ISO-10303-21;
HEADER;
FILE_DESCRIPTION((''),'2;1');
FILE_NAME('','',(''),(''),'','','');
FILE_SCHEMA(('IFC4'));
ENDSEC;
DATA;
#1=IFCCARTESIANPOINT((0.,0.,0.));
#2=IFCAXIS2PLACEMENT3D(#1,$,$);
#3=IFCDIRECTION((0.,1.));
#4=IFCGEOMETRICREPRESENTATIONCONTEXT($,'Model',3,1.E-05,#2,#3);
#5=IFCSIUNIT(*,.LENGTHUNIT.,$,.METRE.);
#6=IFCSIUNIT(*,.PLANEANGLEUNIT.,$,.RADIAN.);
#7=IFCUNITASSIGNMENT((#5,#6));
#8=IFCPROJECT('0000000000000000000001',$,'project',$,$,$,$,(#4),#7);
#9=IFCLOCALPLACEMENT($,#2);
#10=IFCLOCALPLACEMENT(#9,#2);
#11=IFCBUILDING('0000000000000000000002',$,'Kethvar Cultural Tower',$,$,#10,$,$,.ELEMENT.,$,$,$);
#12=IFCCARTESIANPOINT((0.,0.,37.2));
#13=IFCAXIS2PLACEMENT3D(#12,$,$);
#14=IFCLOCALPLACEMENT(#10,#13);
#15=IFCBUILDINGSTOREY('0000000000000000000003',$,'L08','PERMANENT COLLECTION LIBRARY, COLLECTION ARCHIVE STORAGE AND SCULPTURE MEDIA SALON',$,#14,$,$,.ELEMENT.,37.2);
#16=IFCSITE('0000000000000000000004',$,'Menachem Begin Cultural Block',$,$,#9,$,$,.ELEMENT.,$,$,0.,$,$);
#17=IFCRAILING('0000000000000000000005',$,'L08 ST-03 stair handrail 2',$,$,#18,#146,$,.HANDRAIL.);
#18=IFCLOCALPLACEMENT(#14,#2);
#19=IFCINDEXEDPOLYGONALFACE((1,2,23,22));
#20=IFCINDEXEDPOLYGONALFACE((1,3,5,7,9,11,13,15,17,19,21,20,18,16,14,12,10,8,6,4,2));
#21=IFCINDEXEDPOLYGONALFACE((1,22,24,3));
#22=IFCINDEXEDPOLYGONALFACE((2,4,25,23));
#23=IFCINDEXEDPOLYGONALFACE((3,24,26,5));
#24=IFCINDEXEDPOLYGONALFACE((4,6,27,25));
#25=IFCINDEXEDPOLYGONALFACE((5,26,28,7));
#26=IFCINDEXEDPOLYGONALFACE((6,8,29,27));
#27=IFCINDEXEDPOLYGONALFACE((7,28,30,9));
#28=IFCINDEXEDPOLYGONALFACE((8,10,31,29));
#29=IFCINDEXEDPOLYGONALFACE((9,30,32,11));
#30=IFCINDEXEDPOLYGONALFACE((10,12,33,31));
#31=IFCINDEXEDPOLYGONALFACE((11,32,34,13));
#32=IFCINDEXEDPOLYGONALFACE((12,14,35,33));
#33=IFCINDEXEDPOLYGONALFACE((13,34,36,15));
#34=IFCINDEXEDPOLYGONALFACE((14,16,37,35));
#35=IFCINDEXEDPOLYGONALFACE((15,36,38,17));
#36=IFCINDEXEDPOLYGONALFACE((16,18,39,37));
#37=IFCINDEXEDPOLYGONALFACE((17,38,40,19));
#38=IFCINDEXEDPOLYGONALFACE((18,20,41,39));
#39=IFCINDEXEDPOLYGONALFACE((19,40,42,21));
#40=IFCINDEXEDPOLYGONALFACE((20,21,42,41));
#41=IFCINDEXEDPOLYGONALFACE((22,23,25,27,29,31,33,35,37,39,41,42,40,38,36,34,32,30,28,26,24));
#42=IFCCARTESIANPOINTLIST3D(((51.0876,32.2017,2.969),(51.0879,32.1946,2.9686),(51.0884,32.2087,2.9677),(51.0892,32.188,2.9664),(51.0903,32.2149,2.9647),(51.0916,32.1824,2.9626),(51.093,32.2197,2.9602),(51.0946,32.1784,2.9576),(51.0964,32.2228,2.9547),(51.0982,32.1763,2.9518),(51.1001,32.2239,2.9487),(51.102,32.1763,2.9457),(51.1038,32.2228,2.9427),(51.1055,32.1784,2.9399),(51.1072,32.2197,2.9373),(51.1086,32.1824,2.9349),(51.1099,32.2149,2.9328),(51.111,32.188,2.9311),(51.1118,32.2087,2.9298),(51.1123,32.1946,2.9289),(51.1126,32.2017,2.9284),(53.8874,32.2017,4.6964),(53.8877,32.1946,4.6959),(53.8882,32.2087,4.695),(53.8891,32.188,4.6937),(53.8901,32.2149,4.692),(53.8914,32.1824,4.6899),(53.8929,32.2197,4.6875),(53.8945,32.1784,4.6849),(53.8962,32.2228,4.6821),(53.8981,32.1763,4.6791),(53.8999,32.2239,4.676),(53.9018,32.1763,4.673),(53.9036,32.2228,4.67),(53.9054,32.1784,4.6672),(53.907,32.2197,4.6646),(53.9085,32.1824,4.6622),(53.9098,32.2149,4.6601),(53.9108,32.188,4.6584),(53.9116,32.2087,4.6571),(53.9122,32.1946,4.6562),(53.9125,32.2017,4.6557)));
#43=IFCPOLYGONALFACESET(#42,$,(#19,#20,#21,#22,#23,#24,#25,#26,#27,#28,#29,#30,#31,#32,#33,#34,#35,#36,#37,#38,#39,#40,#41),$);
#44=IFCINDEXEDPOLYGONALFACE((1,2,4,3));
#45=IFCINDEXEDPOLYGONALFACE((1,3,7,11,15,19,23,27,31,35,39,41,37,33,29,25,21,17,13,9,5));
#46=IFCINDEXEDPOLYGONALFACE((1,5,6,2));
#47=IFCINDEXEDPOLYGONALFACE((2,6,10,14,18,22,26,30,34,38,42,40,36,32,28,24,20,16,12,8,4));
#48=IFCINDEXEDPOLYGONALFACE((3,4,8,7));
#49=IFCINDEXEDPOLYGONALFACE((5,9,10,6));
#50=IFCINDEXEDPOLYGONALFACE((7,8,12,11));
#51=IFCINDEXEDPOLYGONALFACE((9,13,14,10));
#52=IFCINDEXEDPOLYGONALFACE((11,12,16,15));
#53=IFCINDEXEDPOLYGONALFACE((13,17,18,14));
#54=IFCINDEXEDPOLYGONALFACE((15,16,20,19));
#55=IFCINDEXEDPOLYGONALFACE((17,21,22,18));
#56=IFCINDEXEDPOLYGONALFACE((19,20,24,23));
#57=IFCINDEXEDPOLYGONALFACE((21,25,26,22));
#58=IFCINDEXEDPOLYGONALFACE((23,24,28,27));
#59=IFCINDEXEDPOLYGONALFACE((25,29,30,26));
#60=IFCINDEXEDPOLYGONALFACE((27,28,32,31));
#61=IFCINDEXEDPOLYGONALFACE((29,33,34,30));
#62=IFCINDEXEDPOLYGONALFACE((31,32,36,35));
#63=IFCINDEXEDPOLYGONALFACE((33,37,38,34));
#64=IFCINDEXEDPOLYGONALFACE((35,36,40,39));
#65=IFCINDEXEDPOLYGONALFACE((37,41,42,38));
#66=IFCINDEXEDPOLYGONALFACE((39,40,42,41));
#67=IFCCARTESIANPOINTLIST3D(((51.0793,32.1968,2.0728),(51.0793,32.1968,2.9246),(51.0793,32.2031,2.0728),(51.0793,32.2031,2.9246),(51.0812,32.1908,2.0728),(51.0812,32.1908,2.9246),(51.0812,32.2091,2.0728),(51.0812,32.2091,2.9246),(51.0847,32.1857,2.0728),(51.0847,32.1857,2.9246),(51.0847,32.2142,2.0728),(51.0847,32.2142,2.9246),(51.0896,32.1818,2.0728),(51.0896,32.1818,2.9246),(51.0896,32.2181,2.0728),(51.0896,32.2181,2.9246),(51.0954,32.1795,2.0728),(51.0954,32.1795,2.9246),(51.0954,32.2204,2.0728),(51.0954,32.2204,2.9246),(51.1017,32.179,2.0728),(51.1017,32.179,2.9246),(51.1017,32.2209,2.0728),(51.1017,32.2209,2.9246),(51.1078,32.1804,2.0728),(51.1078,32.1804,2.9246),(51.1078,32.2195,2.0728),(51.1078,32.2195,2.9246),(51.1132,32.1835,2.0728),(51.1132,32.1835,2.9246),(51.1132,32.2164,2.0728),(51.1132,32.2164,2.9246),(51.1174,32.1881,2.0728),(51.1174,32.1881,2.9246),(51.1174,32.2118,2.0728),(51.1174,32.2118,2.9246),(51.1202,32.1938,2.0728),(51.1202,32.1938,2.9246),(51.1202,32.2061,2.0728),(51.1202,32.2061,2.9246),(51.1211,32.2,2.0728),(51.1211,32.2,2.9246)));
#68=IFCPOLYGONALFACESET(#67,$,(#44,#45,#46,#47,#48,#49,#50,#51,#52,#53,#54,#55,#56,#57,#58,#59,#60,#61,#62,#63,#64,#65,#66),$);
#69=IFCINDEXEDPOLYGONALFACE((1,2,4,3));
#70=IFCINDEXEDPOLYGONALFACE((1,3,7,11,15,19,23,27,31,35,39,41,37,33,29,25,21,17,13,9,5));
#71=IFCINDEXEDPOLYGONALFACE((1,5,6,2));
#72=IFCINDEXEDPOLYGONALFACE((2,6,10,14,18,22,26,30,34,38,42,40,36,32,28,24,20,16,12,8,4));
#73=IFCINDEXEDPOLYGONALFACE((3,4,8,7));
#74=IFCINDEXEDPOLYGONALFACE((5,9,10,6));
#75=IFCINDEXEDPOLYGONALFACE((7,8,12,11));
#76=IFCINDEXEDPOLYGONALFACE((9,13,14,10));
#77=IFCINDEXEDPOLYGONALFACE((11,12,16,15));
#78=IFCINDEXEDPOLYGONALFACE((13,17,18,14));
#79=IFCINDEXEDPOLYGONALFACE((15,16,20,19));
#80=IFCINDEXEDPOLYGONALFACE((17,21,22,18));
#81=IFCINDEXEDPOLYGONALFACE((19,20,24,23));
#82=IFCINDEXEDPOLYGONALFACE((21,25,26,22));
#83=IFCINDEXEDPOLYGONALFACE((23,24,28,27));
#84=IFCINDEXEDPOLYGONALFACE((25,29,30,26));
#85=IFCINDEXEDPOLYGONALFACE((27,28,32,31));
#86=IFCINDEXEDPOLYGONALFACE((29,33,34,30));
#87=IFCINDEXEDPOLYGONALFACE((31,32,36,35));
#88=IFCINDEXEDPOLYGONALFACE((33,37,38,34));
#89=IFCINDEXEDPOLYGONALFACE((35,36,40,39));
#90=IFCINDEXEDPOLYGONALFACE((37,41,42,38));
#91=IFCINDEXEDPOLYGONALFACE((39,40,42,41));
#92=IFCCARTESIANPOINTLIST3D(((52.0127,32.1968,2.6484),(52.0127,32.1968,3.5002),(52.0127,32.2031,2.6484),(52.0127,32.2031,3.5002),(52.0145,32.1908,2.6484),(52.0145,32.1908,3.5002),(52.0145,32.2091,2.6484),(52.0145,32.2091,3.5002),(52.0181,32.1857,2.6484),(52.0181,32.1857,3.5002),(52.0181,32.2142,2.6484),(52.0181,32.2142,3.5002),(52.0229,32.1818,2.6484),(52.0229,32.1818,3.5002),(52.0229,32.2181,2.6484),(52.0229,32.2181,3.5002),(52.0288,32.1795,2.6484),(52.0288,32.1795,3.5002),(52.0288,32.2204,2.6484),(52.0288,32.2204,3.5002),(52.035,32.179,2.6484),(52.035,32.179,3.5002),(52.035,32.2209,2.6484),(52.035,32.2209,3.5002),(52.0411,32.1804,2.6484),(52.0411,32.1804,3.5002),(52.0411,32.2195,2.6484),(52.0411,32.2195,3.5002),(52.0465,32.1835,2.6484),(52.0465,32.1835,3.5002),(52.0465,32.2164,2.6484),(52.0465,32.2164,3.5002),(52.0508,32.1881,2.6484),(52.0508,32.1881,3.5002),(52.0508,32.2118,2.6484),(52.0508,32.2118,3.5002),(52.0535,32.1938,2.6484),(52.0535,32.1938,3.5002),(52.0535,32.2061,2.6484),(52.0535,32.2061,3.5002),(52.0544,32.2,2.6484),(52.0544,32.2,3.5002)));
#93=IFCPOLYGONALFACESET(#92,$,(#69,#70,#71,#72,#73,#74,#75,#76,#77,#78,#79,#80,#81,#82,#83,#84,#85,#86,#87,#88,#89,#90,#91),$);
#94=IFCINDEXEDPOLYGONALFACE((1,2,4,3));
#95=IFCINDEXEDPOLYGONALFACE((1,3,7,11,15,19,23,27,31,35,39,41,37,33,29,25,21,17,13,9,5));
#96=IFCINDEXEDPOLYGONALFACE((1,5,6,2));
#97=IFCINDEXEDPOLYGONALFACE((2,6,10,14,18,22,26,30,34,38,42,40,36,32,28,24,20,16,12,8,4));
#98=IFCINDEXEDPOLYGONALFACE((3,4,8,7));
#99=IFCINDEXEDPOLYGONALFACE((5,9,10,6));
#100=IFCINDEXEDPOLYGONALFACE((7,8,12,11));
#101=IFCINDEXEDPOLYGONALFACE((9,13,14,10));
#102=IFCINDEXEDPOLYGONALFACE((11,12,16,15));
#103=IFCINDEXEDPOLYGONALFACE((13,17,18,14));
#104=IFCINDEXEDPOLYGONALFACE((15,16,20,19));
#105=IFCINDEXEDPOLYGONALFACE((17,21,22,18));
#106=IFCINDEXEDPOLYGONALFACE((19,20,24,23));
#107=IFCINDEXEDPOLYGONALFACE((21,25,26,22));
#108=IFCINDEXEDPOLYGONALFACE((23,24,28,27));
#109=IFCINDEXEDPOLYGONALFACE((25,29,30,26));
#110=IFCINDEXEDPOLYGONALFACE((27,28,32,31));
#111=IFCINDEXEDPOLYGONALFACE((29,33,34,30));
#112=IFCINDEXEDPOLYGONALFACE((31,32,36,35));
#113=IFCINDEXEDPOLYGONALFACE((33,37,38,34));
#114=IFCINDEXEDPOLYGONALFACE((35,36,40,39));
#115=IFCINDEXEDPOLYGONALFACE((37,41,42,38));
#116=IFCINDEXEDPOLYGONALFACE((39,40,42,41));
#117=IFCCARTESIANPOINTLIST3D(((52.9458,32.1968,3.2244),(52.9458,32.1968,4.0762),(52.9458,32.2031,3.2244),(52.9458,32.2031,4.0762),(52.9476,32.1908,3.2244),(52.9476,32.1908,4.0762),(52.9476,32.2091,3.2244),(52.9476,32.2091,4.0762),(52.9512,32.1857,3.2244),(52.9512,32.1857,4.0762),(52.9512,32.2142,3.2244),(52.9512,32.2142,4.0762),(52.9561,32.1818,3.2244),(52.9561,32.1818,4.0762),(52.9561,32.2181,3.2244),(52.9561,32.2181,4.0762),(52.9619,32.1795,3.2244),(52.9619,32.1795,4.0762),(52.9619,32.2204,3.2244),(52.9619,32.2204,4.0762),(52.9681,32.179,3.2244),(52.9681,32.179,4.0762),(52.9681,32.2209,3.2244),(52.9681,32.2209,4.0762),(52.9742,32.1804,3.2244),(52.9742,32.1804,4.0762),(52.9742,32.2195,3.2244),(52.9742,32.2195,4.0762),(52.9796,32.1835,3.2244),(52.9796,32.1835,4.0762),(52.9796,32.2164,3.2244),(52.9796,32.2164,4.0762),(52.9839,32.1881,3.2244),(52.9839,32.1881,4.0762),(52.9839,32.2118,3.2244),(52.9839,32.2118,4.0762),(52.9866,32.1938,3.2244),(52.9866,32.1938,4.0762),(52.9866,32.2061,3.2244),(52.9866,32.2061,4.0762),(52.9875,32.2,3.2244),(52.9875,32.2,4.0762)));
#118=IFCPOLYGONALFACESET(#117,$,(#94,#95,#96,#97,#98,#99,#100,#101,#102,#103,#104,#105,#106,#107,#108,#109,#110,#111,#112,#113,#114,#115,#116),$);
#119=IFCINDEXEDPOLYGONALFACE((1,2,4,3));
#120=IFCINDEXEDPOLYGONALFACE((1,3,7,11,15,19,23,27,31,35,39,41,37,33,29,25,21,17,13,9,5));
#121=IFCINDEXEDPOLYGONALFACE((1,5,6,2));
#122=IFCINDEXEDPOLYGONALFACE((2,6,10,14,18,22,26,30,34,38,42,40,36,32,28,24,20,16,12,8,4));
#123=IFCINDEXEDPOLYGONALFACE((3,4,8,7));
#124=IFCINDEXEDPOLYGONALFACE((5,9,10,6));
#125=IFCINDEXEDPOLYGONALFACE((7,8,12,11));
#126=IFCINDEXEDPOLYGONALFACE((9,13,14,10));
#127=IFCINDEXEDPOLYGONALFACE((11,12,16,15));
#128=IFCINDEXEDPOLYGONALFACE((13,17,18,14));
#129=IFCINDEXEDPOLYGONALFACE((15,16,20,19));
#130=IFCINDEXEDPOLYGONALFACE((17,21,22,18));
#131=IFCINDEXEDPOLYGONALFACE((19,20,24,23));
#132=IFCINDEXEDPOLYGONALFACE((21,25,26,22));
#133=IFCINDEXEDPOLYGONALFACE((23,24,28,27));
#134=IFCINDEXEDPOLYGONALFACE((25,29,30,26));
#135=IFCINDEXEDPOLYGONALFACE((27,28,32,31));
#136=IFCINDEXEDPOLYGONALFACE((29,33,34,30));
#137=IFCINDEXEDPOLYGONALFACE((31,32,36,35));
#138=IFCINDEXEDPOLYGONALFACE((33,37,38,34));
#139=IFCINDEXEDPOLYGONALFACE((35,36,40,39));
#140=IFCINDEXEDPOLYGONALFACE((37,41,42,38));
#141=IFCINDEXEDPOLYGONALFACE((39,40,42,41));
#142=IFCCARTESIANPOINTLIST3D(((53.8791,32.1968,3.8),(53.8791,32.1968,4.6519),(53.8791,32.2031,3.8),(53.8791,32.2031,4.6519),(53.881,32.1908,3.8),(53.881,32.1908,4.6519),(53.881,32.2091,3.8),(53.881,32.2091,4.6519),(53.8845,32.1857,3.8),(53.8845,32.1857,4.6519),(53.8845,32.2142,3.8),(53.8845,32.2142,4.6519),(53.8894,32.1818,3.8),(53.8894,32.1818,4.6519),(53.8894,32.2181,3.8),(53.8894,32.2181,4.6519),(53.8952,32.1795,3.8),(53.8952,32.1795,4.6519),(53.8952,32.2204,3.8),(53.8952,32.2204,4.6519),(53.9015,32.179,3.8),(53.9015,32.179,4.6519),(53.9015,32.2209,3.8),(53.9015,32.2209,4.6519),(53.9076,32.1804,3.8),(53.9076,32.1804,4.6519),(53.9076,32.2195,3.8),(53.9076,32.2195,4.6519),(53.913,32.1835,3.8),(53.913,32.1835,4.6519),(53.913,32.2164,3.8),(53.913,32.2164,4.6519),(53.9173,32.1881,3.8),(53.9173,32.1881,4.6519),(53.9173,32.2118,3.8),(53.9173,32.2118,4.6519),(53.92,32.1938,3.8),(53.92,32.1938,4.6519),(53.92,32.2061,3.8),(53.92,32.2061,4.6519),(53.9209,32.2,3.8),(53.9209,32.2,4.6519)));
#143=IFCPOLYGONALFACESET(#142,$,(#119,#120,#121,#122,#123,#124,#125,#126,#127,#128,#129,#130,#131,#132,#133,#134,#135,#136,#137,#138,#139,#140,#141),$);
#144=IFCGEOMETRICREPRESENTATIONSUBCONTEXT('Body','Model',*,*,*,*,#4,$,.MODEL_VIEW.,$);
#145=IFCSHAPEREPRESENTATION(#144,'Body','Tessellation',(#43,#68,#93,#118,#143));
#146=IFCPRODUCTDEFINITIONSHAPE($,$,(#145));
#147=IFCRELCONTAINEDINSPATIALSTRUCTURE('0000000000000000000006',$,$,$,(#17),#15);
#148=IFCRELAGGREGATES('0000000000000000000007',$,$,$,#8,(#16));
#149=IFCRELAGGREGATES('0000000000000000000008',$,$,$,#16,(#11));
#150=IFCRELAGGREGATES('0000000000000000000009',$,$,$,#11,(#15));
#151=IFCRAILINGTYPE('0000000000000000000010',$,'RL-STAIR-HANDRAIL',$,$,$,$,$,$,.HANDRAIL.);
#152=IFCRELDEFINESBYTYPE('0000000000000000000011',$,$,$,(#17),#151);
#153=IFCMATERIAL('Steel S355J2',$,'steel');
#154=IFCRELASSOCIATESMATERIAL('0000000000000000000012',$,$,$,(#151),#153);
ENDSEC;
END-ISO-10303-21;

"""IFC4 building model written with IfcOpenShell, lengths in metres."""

from ifc_helpers import new_model, si_unit, direction, frame, origin, origin_2d, place, context, subcontext, project, spatial, circle, extrude, material, type_object, element, save


model = new_model("IFC4")

# Units and contexts
model_context = context("Model", 3, precision=1e-05, world=origin(), true_north=direction((0.0, 1.0)))
body_context = subcontext(model_context, "Body", "Model", "MODEL_VIEW")
ifc_project = project(units=[si_unit("LENGTHUNIT", "METRE"), si_unit("PLANEANGLEUNIT", "RADIAN")], contexts=[model_context])

# Site, building, storey
site_placement = place(None, origin())
site = spatial("IfcSite", under=ifc_project, at=site_placement, Name="Menachem Begin Cultural Block", CompositionType="ELEMENT", RefElevation=0.0)
building_placement = place(site_placement, origin())
building = spatial("IfcBuilding", under=site, at=building_placement, Name="Kethvar Cultural Tower", CompositionType="ELEMENT")
storey_placement = place(building_placement, frame((0.0, 0.0, 37.2)))
storey = spatial("IfcBuildingStorey", under=building, at=storey_placement, Name="L08", Description="PERMANENT COLLECTION LIBRARY, COLLECTION ARCHIVE STORAGE AND SCULPTURE MEDIA SALON", CompositionType="ELEMENT", Elevation=37.2)

# Shared definitions
ifc_material_1 = material(Name="Steel S355J2", Category="steel")

# Railing
railing_type_1 = type_object("IfcRailingType", Name="RL-STAIR-HANDRAIL", PredefinedType="HANDRAIL", material=ifc_material_1)
railing_1_placement = place(storey_placement, frame((51.1001, 32.2, 2.0728)))
element("IfcRailing", 1, at=railing_1_placement, inside=storey, type_object=railing_type_1, Name="L08 ST-03 stair handrail 2", PredefinedType="HANDRAIL", context=body_context, shape_type="SweptSolid", body=[
    extrude(circle(Radius=0.0239, at=origin_2d()), frame((0.0, 0.0, 0.876), z_axis=(0.851069, 0.0, 0.525054), x_axis=(0.0, 1.0, 0.0)), (0.0, 0.0, 1.0), 3.2898),
    extrude(circle(Radius=0.021, at=origin_2d()), origin(), (0.0, 0.0, 1.0), 0.8518),
    extrude(circle(Radius=0.021, at=origin_2d()), frame((0.9333, 0.0, 0.5757)), (0.0, 0.0, 1.0), 0.8518),
    extrude(circle(Radius=0.021, at=origin_2d()), frame((1.8665, 0.0, 1.1516)), (0.0, 0.0, 1.0), 0.8518),
    extrude(circle(Radius=0.021, at=origin_2d()), frame((2.7998, 0.0, 1.7273)), (0.0, 0.0, 1.0), 0.8518),
])

save(model, "model.ifc")
